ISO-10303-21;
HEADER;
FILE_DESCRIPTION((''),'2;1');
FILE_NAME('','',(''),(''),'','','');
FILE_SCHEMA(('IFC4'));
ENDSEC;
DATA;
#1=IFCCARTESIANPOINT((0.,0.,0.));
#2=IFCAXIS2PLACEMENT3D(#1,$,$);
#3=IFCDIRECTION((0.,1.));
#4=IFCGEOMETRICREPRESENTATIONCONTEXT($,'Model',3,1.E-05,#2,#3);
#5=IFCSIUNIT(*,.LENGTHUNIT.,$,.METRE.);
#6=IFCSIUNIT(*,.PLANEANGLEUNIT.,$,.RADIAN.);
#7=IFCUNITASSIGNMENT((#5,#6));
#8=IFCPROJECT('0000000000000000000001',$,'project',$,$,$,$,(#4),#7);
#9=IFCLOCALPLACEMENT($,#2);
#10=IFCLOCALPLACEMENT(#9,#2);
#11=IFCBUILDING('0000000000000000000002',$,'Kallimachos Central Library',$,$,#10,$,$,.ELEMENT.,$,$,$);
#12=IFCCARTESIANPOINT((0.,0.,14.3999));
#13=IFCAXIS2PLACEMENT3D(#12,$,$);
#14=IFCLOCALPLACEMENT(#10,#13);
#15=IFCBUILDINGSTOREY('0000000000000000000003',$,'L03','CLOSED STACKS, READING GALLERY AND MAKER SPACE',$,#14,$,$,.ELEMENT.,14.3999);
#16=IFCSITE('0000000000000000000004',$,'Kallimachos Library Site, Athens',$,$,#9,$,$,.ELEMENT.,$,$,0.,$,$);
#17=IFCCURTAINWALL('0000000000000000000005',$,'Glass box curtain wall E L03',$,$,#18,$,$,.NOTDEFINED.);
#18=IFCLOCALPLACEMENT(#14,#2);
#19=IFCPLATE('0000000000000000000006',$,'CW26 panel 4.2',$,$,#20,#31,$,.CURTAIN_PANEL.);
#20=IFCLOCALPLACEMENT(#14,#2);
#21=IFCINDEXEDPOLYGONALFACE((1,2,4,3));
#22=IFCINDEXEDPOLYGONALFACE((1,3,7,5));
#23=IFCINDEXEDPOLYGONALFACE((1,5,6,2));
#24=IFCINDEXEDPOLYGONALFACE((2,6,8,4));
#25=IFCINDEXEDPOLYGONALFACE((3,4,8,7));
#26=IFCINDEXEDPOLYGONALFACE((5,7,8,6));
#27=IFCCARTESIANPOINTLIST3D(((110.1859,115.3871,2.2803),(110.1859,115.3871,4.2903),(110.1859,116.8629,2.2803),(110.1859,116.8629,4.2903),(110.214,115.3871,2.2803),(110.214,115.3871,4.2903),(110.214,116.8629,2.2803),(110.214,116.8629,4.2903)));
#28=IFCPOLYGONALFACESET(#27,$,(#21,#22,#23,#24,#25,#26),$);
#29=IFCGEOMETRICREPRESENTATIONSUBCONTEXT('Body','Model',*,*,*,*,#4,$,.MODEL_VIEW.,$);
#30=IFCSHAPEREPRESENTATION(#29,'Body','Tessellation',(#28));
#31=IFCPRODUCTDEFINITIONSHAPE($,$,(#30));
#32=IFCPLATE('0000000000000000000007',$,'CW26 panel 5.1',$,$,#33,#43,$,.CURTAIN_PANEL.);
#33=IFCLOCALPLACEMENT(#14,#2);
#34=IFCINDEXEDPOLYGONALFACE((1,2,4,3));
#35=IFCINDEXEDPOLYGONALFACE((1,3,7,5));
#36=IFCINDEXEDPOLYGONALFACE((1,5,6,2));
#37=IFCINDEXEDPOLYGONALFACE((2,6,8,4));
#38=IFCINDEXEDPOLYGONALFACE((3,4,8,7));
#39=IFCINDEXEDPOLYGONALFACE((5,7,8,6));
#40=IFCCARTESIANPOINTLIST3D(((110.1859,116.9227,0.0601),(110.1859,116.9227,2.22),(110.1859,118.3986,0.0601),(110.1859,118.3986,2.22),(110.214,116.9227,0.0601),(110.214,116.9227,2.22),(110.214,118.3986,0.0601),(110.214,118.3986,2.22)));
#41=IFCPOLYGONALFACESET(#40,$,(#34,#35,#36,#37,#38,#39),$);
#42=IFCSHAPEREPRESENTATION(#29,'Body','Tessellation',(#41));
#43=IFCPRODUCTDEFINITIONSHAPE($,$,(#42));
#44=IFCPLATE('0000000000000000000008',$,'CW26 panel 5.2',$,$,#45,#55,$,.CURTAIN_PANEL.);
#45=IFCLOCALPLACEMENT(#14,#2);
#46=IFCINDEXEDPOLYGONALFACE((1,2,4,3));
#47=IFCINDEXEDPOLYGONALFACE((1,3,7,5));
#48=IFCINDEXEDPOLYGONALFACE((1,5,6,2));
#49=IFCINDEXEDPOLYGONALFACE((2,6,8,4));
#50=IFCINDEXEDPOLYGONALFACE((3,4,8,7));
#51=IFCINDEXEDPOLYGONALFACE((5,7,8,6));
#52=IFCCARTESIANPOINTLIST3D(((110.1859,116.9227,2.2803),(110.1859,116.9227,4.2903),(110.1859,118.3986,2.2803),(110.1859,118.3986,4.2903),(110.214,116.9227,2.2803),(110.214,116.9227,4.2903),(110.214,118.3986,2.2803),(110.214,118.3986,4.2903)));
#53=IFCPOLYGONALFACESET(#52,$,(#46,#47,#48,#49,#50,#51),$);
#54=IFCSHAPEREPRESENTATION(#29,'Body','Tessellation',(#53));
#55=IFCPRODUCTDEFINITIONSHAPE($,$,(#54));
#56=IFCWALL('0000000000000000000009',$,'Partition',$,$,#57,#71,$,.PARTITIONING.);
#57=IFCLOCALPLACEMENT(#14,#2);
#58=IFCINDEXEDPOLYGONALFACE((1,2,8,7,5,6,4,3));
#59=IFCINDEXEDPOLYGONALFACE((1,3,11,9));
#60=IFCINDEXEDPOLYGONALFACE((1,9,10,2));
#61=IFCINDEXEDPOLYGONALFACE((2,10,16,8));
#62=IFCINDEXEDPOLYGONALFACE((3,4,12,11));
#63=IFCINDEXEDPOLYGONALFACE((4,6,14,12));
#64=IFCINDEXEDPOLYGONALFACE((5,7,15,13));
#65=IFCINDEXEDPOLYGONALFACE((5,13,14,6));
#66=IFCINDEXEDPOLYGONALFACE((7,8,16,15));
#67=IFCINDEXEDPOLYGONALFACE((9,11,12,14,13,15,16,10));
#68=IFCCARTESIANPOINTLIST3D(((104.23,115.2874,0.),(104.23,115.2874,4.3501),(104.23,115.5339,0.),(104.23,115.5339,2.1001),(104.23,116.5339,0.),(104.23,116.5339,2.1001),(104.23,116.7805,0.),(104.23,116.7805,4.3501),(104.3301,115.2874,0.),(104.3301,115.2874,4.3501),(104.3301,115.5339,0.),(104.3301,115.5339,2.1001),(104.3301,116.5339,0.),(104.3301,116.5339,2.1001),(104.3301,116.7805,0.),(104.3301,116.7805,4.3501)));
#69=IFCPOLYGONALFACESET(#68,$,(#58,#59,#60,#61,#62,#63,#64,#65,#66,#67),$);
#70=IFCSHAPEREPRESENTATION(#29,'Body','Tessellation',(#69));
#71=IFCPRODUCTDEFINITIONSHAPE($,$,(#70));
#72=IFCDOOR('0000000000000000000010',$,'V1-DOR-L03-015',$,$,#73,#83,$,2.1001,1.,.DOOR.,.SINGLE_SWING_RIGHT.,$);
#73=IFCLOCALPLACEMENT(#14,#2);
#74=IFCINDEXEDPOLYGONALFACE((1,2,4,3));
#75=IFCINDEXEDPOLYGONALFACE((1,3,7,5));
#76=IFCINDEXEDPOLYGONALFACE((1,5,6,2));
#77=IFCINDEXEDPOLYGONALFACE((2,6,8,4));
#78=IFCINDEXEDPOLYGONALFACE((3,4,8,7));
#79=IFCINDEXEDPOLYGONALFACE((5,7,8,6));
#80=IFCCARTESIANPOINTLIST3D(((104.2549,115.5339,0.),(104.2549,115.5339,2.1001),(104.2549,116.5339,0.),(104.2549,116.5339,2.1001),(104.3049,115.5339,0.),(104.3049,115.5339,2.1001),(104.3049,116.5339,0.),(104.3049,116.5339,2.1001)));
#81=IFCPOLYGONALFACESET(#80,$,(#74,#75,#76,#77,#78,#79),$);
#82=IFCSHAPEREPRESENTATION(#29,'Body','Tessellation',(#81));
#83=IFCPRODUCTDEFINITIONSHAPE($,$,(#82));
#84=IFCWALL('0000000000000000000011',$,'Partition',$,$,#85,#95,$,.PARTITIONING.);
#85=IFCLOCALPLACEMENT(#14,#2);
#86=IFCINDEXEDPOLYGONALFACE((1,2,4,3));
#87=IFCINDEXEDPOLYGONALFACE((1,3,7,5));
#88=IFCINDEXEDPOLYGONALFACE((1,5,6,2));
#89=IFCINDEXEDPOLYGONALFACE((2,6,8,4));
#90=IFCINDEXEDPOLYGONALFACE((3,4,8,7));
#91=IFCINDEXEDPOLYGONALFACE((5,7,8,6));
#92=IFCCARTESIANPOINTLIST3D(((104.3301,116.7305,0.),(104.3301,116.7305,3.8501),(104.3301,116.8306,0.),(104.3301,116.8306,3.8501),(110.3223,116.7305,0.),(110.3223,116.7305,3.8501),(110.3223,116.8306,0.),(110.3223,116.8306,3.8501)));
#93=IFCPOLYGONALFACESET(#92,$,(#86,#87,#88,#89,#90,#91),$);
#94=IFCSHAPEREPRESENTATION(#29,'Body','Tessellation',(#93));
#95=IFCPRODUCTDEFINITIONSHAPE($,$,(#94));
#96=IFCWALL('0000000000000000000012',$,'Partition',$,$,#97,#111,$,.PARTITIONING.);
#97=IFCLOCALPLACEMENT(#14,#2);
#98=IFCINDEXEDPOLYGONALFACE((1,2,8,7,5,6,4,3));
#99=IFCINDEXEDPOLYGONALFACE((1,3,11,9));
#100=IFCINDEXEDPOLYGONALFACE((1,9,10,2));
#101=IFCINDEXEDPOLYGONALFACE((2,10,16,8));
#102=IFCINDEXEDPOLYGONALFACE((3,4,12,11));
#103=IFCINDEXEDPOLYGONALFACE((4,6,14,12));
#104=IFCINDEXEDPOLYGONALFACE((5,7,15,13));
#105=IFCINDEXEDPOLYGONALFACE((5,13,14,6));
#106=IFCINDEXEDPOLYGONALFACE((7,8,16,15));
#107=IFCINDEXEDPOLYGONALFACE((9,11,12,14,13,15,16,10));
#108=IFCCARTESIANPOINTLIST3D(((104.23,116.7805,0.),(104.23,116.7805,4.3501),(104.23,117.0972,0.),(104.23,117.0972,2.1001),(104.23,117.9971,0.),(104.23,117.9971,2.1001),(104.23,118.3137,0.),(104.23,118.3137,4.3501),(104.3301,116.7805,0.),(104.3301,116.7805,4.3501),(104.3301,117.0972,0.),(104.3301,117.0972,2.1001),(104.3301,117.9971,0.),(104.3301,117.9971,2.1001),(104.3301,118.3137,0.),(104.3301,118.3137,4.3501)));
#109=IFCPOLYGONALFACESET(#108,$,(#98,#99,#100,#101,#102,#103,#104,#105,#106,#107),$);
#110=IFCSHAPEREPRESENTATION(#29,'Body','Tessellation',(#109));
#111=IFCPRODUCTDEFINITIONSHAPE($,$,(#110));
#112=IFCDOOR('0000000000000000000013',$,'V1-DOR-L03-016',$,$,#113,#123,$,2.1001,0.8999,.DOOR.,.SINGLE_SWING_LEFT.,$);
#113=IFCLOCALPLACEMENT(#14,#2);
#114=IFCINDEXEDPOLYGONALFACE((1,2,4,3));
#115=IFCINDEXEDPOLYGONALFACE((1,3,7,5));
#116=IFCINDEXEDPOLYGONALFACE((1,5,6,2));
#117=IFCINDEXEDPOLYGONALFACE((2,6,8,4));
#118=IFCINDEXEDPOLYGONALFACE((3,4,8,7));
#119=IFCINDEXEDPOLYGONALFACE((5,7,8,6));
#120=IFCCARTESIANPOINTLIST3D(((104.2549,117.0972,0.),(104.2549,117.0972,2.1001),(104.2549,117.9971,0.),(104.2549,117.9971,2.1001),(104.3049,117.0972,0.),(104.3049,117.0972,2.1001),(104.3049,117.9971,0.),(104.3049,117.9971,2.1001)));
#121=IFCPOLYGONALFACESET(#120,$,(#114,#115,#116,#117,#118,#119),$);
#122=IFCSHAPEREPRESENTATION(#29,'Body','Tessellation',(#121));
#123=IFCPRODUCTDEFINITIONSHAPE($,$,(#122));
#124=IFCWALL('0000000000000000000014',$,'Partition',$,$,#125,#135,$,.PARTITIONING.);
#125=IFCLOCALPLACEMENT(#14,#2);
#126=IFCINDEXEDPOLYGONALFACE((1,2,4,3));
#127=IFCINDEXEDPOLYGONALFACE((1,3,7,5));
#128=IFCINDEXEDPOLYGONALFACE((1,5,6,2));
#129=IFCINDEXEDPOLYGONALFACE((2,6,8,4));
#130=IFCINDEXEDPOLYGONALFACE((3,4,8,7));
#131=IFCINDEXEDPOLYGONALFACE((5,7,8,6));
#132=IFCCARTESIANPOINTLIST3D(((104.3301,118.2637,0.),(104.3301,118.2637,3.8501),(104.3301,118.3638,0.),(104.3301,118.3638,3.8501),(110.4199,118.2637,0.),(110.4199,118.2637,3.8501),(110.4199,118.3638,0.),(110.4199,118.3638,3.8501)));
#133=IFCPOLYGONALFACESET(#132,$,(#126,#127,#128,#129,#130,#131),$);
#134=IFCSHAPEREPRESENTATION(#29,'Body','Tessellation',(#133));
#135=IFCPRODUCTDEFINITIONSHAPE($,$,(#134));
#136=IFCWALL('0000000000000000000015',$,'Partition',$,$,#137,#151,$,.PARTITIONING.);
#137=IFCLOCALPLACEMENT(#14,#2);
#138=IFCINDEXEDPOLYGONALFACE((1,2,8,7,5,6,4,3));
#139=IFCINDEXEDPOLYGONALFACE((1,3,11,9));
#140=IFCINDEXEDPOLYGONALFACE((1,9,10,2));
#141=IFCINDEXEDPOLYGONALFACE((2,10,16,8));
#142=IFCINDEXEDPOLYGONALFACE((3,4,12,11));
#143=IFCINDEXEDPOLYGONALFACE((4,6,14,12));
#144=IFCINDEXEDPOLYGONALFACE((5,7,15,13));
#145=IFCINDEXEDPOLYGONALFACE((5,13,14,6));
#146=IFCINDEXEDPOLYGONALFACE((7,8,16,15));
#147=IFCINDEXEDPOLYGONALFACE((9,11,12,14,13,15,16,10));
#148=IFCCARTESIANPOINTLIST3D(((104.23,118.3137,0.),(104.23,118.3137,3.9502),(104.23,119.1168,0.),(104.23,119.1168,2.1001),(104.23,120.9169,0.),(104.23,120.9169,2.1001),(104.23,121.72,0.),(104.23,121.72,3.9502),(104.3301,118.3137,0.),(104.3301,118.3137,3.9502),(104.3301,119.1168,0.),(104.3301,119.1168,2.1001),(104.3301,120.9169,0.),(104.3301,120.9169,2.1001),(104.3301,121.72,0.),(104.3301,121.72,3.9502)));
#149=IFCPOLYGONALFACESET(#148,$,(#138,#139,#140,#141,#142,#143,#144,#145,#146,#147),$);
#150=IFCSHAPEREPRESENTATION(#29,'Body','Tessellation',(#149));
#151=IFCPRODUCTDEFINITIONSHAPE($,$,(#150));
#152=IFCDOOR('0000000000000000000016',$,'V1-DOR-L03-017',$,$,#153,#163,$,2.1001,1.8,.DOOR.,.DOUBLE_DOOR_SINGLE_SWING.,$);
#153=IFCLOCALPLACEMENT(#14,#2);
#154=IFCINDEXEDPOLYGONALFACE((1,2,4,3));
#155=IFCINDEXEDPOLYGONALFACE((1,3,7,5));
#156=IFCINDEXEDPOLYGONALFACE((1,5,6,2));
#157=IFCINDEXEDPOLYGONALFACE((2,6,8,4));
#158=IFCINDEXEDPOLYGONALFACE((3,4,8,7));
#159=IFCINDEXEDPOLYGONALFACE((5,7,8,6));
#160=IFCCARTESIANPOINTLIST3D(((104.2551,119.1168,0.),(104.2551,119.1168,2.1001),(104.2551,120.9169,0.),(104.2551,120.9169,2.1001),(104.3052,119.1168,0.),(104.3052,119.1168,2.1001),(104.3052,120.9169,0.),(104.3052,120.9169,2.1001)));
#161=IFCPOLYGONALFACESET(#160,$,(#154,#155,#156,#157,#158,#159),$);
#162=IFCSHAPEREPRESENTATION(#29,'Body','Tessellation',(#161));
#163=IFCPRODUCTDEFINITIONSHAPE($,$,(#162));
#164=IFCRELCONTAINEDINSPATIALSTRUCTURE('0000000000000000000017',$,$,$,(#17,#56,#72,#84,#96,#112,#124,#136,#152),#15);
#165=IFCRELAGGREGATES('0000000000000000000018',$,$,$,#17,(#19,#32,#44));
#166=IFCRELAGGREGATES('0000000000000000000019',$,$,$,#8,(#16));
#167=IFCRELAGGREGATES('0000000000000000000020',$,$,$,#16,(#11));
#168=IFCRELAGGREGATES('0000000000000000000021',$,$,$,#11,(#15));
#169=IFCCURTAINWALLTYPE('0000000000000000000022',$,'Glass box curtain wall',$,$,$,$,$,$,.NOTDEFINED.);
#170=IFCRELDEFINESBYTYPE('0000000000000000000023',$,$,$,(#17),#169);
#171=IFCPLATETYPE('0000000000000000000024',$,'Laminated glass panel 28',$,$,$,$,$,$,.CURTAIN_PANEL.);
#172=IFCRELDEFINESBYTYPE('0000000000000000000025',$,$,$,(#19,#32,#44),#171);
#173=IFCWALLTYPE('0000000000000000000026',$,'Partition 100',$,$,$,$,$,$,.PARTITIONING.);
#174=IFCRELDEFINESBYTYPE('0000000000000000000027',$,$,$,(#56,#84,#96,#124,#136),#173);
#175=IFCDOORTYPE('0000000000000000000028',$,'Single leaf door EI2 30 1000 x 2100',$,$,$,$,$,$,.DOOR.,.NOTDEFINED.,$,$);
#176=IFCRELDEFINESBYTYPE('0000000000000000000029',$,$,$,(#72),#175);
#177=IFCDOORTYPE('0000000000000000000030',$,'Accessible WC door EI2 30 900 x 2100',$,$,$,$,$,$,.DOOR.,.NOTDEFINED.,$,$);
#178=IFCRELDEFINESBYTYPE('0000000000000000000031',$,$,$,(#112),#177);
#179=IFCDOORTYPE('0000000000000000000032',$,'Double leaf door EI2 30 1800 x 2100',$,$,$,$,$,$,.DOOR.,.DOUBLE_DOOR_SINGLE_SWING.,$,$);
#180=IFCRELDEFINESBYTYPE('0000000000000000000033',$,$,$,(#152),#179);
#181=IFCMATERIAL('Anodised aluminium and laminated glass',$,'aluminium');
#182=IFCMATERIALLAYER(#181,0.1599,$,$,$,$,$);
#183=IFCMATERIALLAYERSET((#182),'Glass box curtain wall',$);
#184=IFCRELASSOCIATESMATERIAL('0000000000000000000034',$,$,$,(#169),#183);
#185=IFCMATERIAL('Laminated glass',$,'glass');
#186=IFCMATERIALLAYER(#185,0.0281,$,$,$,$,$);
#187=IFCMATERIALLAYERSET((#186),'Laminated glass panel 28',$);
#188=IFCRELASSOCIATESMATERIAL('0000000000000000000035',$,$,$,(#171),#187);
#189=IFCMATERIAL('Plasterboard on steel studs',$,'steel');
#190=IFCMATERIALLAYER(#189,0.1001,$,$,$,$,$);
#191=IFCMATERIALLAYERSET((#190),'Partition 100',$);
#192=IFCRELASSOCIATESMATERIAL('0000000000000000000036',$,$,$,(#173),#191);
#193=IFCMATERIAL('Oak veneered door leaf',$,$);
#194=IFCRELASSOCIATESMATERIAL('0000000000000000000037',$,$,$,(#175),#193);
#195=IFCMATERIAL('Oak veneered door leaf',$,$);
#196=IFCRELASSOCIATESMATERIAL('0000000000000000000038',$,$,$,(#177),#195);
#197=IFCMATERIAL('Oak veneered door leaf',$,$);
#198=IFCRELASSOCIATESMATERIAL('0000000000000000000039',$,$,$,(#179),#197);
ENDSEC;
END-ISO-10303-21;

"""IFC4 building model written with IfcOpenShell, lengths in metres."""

from ifc_helpers import new_model, si_unit, direction, frame, frame_2d, origin, origin_2d, place, context, subcontext, project, spatial, rectangle, extrude, material, layer, layer_set, type_object, element, fill, aggregate, save


model = new_model("IFC4")

# Units and contexts
model_context = context("Model", 3, precision=1e-05, world=origin(), true_north=direction((0.0, 1.0)))
body_context = subcontext(model_context, "Body", "Model", "MODEL_VIEW")
ifc_project = project(units=[si_unit("LENGTHUNIT", "METRE"), si_unit("PLANEANGLEUNIT", "RADIAN")], contexts=[model_context])

# Site, building, storey
site_placement = place(None, origin())
site = spatial("IfcSite", under=ifc_project, at=site_placement, Name="Kallimachos Library Site, Athens", CompositionType="ELEMENT", RefElevation=0.0)
building_placement = place(site_placement, origin())
building = spatial("IfcBuilding", under=site, at=building_placement, Name="Kallimachos Central Library", CompositionType="ELEMENT")
storey_placement = place(building_placement, frame((0.0, 0.0, 14.3999)))
storey = spatial("IfcBuildingStorey", under=building, at=storey_placement, Name="L03", Description="CLOSED STACKS, READING GALLERY AND MAKER SPACE", CompositionType="ELEMENT", Elevation=14.3999)

# Curtain wall, plates
ifc_material_1 = material(Name="Anodised aluminium and laminated glass", Category="aluminium")
ifc_layer_1 = layer(ifc_material_1, 0.1599)
ifc_layer_set_1 = layer_set([ifc_layer_1], Name="Glass box curtain wall")
curtain_wall_type = type_object("IfcCurtainWallType", Name="Glass box curtain wall", PredefinedType="NOTDEFINED", material=ifc_layer_set_1)
curtain_wall_placement = place(storey_placement, origin())
curtain_wall = element("IfcCurtainWall", 1, at=curtain_wall_placement, inside=storey, type_object=curtain_wall_type, Name="Glass box curtain wall E L03", PredefinedType="NOTDEFINED")
ifc_material_2 = material(Name="Laminated glass", Category="glass")
ifc_layer_2 = layer(ifc_material_2, 0.0281)
ifc_layer_set_2 = layer_set([ifc_layer_2], Name="Laminated glass panel 28")
plate_type = type_object("IfcPlateType", Name="Laminated glass panel 28", PredefinedType="CURTAIN_PANEL", material=ifc_layer_set_2)
plate_1_placement = place(storey_placement, frame((110.2, 116.125, 2.2803), z_axis=(0.0, 0.0, 1.0), x_axis=(0.0, 1.0, 0.0)))
plate_1 = element("IfcPlate", 2, at=plate_1_placement, type_object=plate_type, Name="CW26 panel 4.2", PredefinedType="CURTAIN_PANEL", context=body_context, shape_type="SweptSolid", body=[
    extrude(rectangle(XDim=1.4758, YDim=0.0281, at=origin_2d()), origin(), (0.0, 0.0, 1.0), 2.01),
])
plate_2_placement = place(storey_placement, frame((110.2, 117.6606, 0.0601), z_axis=(0.0, 0.0, 1.0), x_axis=(0.0, 1.0, 0.0)))
plate_2 = element("IfcPlate", 3, at=plate_2_placement, type_object=plate_type, Name="CW26 panel 5.1", PredefinedType="CURTAIN_PANEL", context=body_context, shape_type="SweptSolid", body=[
    extrude(rectangle(XDim=1.4758, YDim=0.0281, at=origin_2d()), origin(), (0.0, 0.0, 1.0), 2.1599),
])
plate_3_placement = place(storey_placement, frame((110.2, 117.6606, 2.2803), z_axis=(0.0, 0.0, 1.0), x_axis=(0.0, 1.0, 0.0)))
plate_3 = element("IfcPlate", 4, at=plate_3_placement, type_object=plate_type, Name="CW26 panel 5.2", PredefinedType="CURTAIN_PANEL", context=body_context, shape_type="SweptSolid", body=[
    extrude(rectangle(XDim=1.4758, YDim=0.0281, at=origin_2d()), origin(), (0.0, 0.0, 1.0), 2.01),
])
aggregate(curtain_wall, [plate_1, plate_2, plate_3])

# Wall, opening, door
ifc_material_3 = material(Name="Plasterboard on steel studs", Category="steel")
ifc_layer_3 = layer(ifc_material_3, 0.1001)
ifc_layer_set_3 = layer_set([ifc_layer_3], Name="Partition 100")
wall_type = type_object("IfcWallType", Name="Partition 100", PredefinedType="PARTITIONING", material=ifc_layer_set_3)
wall_1_placement = place(storey_placement, frame((104.28, 115.2874, 0.0), z_axis=(0.0, 0.0, 1.0), x_axis=(0.0, 1.0, 0.0)))
wall_1 = element("IfcWall", 5, at=wall_1_placement, inside=storey, type_object=wall_type, Name="Partition", PredefinedType="PARTITIONING", context=body_context, shape_type="SweptSolid", body=[
    extrude(rectangle(XDim=1.4932, YDim=0.1001, at=frame_2d((0.7466, 0.0))), origin(), (0.0, 0.0, 1.0), 4.3501),
])
opening_1_placement = place(wall_1_placement, frame((0.2466, 0.0, 0.0)))
opening_1 = element("IfcOpeningElement", 6, at=opening_1_placement, cuts=wall_1, PredefinedType="OPENING", context=body_context, shape_type="SweptSolid", body=[
    extrude(rectangle(XDim=1.0, YDim=2.1001, at=frame_2d((0.5, 1.05))), frame((0.0, 0.0601, 0.0), z_axis=(0.0, -1.0, 0.0), x_axis=(1.0, 0.0, 0.0)), (0.0, 0.0, 1.0), 0.1201),
])
ifc_material_4 = material(Name="Oak veneered door leaf")
door_type_1 = type_object("IfcDoorType", Name="Single leaf door EI2 30 1000 x 2100", OperationType="NOTDEFINED", PredefinedType="DOOR", material=ifc_material_4)
door_1_placement = place(opening_1_placement, frame((1.0, 0.0, 0.0), z_axis=(0.0, 0.0, 1.0), x_axis=(-1.0, 0.0, 0.0)))
door_1 = element("IfcDoor", 7, at=door_1_placement, inside=storey, type_object=door_type_1, Name="V1-DOR-L03-015", OperationType="SINGLE_SWING_RIGHT", OverallHeight=2.1001, OverallWidth=1.0, PredefinedType="DOOR", context=body_context, shape_type="SweptSolid", body=[
    extrude(rectangle(XDim=1.0, YDim=2.1001, at=frame_2d((0.5, 1.05))), frame((0.0, 0.0249, 0.0), z_axis=(0.0, -1.0, 0.0), x_axis=(1.0, 0.0, 0.0)), (0.0, 0.0, 1.0), 0.05),
])
fill(opening_1, door_1)

# Wall
wall_2_placement = place(storey_placement, frame((104.3301, 116.7805, 0.0), z_axis=(0.0, 0.0, 1.0), x_axis=(1.0, 0.0, 0.0)))
element("IfcWall", 8, at=wall_2_placement, inside=storey, type_object=wall_type, Name="Partition", PredefinedType="PARTITIONING", context=body_context, shape_type="SweptSolid", body=[
    extrude(rectangle(XDim=5.9922, YDim=0.1001, at=frame_2d((2.9961, 0.0))), origin(), (0.0, 0.0, 1.0), 3.8501),
])

# Wall, opening, door
wall_3_placement = place(storey_placement, frame((104.28, 116.7805, 0.0), z_axis=(0.0, 0.0, 1.0), x_axis=(0.0, 1.0, 0.0)))
wall_3 = element("IfcWall", 9, at=wall_3_placement, inside=storey, type_object=wall_type, Name="Partition", PredefinedType="PARTITIONING", context=body_context, shape_type="SweptSolid", body=[
    extrude(rectangle(XDim=1.5332, YDim=0.1001, at=frame_2d((0.7666, 0.0))), origin(), (0.0, 0.0, 1.0), 4.3501),
])
opening_2_placement = place(wall_3_placement, frame((0.3167, 0.0, 0.0)))
opening_2 = element("IfcOpeningElement", 10, at=opening_2_placement, cuts=wall_3, PredefinedType="OPENING", context=body_context, shape_type="SweptSolid", body=[
    extrude(rectangle(XDim=0.8999, YDim=2.1001, at=frame_2d((0.45, 1.05))), frame((0.0, 0.0601, 0.0), z_axis=(0.0, -1.0, 0.0), x_axis=(1.0, 0.0, 0.0)), (0.0, 0.0, 1.0), 0.1201),
])
ifc_material_5 = material(Name="Oak veneered door leaf")
door_type_2 = type_object("IfcDoorType", Name="Accessible WC door EI2 30 900 x 2100", OperationType="NOTDEFINED", PredefinedType="DOOR", material=ifc_material_5)
door_2_placement = place(opening_2_placement, frame((0.8999, 0.0, 0.0), z_axis=(0.0, 0.0, 1.0), x_axis=(-1.0, 0.0, 0.0)))
door_2 = element("IfcDoor", 11, at=door_2_placement, inside=storey, type_object=door_type_2, Name="V1-DOR-L03-016", OperationType="SINGLE_SWING_LEFT", OverallHeight=2.1001, OverallWidth=0.8999, PredefinedType="DOOR", context=body_context, shape_type="SweptSolid", body=[
    extrude(rectangle(XDim=0.8999, YDim=2.1001, at=frame_2d((0.45, 1.05))), frame((0.0, 0.0249, 0.0), z_axis=(0.0, -1.0, 0.0), x_axis=(1.0, 0.0, 0.0)), (0.0, 0.0, 1.0), 0.05),
])
fill(opening_2, door_2)

# Wall
wall_4_placement = place(storey_placement, frame((104.3301, 118.3137, 0.0), z_axis=(0.0, 0.0, 1.0), x_axis=(1.0, 0.0, 0.0)))
element("IfcWall", 12, at=wall_4_placement, inside=storey, type_object=wall_type, Name="Partition", PredefinedType="PARTITIONING", context=body_context, shape_type="SweptSolid", body=[
    extrude(rectangle(XDim=6.0898, YDim=0.1001, at=frame_2d((3.0449, 0.0))), origin(), (0.0, 0.0, 1.0), 3.8501),
])

# Wall, opening, door
wall_5_placement = place(storey_placement, frame((104.28, 118.3137, 0.0), z_axis=(0.0, 0.0, 1.0), x_axis=(0.0, 1.0, 0.0)))
wall_5 = element("IfcWall", 13, at=wall_5_placement, inside=storey, type_object=wall_type, Name="Partition", PredefinedType="PARTITIONING", context=body_context, shape_type="SweptSolid", body=[
    extrude(rectangle(XDim=3.4062, YDim=0.1001, at=frame_2d((1.7031, 0.0))), origin(), (0.0, 0.0, 1.0), 3.9502),
])
opening_3_placement = place(wall_5_placement, frame((0.8032, 0.0, 0.0)))
opening_3 = element("IfcOpeningElement", 14, at=opening_3_placement, cuts=wall_5, PredefinedType="OPENING", context=body_context, shape_type="SweptSolid", body=[
    extrude(rectangle(XDim=1.8, YDim=2.1001, at=frame_2d((0.8999, 1.05))), frame((0.0, 0.0601, 0.0), z_axis=(0.0, -1.0, 0.0), x_axis=(1.0, 0.0, 0.0)), (0.0, 0.0, 1.0), 0.1201),
])
ifc_material_6 = material(Name="Oak veneered door leaf")
door_type_3 = type_object("IfcDoorType", Name="Double leaf door EI2 30 1800 x 2100", OperationType="DOUBLE_DOOR_SINGLE_SWING", PredefinedType="DOOR", material=ifc_material_6)
door_3_placement = place(opening_3_placement, origin())
door_3 = element("IfcDoor", 15, at=door_3_placement, inside=storey, type_object=door_type_3, Name="V1-DOR-L03-017", OperationType="DOUBLE_DOOR_SINGLE_SWING", OverallHeight=2.1001, OverallWidth=1.8, PredefinedType="DOOR", context=body_context, shape_type="SweptSolid", body=[
    extrude(rectangle(XDim=1.8, YDim=2.1001, at=frame_2d((0.8999, 1.05))), frame((0.0, 0.0249, 0.0), z_axis=(0.0, -1.0, 0.0), x_axis=(1.0, 0.0, 0.0)), (0.0, 0.0, 1.0), 0.05),
])
fill(opening_3, door_3)

save(model, "model.ifc")
